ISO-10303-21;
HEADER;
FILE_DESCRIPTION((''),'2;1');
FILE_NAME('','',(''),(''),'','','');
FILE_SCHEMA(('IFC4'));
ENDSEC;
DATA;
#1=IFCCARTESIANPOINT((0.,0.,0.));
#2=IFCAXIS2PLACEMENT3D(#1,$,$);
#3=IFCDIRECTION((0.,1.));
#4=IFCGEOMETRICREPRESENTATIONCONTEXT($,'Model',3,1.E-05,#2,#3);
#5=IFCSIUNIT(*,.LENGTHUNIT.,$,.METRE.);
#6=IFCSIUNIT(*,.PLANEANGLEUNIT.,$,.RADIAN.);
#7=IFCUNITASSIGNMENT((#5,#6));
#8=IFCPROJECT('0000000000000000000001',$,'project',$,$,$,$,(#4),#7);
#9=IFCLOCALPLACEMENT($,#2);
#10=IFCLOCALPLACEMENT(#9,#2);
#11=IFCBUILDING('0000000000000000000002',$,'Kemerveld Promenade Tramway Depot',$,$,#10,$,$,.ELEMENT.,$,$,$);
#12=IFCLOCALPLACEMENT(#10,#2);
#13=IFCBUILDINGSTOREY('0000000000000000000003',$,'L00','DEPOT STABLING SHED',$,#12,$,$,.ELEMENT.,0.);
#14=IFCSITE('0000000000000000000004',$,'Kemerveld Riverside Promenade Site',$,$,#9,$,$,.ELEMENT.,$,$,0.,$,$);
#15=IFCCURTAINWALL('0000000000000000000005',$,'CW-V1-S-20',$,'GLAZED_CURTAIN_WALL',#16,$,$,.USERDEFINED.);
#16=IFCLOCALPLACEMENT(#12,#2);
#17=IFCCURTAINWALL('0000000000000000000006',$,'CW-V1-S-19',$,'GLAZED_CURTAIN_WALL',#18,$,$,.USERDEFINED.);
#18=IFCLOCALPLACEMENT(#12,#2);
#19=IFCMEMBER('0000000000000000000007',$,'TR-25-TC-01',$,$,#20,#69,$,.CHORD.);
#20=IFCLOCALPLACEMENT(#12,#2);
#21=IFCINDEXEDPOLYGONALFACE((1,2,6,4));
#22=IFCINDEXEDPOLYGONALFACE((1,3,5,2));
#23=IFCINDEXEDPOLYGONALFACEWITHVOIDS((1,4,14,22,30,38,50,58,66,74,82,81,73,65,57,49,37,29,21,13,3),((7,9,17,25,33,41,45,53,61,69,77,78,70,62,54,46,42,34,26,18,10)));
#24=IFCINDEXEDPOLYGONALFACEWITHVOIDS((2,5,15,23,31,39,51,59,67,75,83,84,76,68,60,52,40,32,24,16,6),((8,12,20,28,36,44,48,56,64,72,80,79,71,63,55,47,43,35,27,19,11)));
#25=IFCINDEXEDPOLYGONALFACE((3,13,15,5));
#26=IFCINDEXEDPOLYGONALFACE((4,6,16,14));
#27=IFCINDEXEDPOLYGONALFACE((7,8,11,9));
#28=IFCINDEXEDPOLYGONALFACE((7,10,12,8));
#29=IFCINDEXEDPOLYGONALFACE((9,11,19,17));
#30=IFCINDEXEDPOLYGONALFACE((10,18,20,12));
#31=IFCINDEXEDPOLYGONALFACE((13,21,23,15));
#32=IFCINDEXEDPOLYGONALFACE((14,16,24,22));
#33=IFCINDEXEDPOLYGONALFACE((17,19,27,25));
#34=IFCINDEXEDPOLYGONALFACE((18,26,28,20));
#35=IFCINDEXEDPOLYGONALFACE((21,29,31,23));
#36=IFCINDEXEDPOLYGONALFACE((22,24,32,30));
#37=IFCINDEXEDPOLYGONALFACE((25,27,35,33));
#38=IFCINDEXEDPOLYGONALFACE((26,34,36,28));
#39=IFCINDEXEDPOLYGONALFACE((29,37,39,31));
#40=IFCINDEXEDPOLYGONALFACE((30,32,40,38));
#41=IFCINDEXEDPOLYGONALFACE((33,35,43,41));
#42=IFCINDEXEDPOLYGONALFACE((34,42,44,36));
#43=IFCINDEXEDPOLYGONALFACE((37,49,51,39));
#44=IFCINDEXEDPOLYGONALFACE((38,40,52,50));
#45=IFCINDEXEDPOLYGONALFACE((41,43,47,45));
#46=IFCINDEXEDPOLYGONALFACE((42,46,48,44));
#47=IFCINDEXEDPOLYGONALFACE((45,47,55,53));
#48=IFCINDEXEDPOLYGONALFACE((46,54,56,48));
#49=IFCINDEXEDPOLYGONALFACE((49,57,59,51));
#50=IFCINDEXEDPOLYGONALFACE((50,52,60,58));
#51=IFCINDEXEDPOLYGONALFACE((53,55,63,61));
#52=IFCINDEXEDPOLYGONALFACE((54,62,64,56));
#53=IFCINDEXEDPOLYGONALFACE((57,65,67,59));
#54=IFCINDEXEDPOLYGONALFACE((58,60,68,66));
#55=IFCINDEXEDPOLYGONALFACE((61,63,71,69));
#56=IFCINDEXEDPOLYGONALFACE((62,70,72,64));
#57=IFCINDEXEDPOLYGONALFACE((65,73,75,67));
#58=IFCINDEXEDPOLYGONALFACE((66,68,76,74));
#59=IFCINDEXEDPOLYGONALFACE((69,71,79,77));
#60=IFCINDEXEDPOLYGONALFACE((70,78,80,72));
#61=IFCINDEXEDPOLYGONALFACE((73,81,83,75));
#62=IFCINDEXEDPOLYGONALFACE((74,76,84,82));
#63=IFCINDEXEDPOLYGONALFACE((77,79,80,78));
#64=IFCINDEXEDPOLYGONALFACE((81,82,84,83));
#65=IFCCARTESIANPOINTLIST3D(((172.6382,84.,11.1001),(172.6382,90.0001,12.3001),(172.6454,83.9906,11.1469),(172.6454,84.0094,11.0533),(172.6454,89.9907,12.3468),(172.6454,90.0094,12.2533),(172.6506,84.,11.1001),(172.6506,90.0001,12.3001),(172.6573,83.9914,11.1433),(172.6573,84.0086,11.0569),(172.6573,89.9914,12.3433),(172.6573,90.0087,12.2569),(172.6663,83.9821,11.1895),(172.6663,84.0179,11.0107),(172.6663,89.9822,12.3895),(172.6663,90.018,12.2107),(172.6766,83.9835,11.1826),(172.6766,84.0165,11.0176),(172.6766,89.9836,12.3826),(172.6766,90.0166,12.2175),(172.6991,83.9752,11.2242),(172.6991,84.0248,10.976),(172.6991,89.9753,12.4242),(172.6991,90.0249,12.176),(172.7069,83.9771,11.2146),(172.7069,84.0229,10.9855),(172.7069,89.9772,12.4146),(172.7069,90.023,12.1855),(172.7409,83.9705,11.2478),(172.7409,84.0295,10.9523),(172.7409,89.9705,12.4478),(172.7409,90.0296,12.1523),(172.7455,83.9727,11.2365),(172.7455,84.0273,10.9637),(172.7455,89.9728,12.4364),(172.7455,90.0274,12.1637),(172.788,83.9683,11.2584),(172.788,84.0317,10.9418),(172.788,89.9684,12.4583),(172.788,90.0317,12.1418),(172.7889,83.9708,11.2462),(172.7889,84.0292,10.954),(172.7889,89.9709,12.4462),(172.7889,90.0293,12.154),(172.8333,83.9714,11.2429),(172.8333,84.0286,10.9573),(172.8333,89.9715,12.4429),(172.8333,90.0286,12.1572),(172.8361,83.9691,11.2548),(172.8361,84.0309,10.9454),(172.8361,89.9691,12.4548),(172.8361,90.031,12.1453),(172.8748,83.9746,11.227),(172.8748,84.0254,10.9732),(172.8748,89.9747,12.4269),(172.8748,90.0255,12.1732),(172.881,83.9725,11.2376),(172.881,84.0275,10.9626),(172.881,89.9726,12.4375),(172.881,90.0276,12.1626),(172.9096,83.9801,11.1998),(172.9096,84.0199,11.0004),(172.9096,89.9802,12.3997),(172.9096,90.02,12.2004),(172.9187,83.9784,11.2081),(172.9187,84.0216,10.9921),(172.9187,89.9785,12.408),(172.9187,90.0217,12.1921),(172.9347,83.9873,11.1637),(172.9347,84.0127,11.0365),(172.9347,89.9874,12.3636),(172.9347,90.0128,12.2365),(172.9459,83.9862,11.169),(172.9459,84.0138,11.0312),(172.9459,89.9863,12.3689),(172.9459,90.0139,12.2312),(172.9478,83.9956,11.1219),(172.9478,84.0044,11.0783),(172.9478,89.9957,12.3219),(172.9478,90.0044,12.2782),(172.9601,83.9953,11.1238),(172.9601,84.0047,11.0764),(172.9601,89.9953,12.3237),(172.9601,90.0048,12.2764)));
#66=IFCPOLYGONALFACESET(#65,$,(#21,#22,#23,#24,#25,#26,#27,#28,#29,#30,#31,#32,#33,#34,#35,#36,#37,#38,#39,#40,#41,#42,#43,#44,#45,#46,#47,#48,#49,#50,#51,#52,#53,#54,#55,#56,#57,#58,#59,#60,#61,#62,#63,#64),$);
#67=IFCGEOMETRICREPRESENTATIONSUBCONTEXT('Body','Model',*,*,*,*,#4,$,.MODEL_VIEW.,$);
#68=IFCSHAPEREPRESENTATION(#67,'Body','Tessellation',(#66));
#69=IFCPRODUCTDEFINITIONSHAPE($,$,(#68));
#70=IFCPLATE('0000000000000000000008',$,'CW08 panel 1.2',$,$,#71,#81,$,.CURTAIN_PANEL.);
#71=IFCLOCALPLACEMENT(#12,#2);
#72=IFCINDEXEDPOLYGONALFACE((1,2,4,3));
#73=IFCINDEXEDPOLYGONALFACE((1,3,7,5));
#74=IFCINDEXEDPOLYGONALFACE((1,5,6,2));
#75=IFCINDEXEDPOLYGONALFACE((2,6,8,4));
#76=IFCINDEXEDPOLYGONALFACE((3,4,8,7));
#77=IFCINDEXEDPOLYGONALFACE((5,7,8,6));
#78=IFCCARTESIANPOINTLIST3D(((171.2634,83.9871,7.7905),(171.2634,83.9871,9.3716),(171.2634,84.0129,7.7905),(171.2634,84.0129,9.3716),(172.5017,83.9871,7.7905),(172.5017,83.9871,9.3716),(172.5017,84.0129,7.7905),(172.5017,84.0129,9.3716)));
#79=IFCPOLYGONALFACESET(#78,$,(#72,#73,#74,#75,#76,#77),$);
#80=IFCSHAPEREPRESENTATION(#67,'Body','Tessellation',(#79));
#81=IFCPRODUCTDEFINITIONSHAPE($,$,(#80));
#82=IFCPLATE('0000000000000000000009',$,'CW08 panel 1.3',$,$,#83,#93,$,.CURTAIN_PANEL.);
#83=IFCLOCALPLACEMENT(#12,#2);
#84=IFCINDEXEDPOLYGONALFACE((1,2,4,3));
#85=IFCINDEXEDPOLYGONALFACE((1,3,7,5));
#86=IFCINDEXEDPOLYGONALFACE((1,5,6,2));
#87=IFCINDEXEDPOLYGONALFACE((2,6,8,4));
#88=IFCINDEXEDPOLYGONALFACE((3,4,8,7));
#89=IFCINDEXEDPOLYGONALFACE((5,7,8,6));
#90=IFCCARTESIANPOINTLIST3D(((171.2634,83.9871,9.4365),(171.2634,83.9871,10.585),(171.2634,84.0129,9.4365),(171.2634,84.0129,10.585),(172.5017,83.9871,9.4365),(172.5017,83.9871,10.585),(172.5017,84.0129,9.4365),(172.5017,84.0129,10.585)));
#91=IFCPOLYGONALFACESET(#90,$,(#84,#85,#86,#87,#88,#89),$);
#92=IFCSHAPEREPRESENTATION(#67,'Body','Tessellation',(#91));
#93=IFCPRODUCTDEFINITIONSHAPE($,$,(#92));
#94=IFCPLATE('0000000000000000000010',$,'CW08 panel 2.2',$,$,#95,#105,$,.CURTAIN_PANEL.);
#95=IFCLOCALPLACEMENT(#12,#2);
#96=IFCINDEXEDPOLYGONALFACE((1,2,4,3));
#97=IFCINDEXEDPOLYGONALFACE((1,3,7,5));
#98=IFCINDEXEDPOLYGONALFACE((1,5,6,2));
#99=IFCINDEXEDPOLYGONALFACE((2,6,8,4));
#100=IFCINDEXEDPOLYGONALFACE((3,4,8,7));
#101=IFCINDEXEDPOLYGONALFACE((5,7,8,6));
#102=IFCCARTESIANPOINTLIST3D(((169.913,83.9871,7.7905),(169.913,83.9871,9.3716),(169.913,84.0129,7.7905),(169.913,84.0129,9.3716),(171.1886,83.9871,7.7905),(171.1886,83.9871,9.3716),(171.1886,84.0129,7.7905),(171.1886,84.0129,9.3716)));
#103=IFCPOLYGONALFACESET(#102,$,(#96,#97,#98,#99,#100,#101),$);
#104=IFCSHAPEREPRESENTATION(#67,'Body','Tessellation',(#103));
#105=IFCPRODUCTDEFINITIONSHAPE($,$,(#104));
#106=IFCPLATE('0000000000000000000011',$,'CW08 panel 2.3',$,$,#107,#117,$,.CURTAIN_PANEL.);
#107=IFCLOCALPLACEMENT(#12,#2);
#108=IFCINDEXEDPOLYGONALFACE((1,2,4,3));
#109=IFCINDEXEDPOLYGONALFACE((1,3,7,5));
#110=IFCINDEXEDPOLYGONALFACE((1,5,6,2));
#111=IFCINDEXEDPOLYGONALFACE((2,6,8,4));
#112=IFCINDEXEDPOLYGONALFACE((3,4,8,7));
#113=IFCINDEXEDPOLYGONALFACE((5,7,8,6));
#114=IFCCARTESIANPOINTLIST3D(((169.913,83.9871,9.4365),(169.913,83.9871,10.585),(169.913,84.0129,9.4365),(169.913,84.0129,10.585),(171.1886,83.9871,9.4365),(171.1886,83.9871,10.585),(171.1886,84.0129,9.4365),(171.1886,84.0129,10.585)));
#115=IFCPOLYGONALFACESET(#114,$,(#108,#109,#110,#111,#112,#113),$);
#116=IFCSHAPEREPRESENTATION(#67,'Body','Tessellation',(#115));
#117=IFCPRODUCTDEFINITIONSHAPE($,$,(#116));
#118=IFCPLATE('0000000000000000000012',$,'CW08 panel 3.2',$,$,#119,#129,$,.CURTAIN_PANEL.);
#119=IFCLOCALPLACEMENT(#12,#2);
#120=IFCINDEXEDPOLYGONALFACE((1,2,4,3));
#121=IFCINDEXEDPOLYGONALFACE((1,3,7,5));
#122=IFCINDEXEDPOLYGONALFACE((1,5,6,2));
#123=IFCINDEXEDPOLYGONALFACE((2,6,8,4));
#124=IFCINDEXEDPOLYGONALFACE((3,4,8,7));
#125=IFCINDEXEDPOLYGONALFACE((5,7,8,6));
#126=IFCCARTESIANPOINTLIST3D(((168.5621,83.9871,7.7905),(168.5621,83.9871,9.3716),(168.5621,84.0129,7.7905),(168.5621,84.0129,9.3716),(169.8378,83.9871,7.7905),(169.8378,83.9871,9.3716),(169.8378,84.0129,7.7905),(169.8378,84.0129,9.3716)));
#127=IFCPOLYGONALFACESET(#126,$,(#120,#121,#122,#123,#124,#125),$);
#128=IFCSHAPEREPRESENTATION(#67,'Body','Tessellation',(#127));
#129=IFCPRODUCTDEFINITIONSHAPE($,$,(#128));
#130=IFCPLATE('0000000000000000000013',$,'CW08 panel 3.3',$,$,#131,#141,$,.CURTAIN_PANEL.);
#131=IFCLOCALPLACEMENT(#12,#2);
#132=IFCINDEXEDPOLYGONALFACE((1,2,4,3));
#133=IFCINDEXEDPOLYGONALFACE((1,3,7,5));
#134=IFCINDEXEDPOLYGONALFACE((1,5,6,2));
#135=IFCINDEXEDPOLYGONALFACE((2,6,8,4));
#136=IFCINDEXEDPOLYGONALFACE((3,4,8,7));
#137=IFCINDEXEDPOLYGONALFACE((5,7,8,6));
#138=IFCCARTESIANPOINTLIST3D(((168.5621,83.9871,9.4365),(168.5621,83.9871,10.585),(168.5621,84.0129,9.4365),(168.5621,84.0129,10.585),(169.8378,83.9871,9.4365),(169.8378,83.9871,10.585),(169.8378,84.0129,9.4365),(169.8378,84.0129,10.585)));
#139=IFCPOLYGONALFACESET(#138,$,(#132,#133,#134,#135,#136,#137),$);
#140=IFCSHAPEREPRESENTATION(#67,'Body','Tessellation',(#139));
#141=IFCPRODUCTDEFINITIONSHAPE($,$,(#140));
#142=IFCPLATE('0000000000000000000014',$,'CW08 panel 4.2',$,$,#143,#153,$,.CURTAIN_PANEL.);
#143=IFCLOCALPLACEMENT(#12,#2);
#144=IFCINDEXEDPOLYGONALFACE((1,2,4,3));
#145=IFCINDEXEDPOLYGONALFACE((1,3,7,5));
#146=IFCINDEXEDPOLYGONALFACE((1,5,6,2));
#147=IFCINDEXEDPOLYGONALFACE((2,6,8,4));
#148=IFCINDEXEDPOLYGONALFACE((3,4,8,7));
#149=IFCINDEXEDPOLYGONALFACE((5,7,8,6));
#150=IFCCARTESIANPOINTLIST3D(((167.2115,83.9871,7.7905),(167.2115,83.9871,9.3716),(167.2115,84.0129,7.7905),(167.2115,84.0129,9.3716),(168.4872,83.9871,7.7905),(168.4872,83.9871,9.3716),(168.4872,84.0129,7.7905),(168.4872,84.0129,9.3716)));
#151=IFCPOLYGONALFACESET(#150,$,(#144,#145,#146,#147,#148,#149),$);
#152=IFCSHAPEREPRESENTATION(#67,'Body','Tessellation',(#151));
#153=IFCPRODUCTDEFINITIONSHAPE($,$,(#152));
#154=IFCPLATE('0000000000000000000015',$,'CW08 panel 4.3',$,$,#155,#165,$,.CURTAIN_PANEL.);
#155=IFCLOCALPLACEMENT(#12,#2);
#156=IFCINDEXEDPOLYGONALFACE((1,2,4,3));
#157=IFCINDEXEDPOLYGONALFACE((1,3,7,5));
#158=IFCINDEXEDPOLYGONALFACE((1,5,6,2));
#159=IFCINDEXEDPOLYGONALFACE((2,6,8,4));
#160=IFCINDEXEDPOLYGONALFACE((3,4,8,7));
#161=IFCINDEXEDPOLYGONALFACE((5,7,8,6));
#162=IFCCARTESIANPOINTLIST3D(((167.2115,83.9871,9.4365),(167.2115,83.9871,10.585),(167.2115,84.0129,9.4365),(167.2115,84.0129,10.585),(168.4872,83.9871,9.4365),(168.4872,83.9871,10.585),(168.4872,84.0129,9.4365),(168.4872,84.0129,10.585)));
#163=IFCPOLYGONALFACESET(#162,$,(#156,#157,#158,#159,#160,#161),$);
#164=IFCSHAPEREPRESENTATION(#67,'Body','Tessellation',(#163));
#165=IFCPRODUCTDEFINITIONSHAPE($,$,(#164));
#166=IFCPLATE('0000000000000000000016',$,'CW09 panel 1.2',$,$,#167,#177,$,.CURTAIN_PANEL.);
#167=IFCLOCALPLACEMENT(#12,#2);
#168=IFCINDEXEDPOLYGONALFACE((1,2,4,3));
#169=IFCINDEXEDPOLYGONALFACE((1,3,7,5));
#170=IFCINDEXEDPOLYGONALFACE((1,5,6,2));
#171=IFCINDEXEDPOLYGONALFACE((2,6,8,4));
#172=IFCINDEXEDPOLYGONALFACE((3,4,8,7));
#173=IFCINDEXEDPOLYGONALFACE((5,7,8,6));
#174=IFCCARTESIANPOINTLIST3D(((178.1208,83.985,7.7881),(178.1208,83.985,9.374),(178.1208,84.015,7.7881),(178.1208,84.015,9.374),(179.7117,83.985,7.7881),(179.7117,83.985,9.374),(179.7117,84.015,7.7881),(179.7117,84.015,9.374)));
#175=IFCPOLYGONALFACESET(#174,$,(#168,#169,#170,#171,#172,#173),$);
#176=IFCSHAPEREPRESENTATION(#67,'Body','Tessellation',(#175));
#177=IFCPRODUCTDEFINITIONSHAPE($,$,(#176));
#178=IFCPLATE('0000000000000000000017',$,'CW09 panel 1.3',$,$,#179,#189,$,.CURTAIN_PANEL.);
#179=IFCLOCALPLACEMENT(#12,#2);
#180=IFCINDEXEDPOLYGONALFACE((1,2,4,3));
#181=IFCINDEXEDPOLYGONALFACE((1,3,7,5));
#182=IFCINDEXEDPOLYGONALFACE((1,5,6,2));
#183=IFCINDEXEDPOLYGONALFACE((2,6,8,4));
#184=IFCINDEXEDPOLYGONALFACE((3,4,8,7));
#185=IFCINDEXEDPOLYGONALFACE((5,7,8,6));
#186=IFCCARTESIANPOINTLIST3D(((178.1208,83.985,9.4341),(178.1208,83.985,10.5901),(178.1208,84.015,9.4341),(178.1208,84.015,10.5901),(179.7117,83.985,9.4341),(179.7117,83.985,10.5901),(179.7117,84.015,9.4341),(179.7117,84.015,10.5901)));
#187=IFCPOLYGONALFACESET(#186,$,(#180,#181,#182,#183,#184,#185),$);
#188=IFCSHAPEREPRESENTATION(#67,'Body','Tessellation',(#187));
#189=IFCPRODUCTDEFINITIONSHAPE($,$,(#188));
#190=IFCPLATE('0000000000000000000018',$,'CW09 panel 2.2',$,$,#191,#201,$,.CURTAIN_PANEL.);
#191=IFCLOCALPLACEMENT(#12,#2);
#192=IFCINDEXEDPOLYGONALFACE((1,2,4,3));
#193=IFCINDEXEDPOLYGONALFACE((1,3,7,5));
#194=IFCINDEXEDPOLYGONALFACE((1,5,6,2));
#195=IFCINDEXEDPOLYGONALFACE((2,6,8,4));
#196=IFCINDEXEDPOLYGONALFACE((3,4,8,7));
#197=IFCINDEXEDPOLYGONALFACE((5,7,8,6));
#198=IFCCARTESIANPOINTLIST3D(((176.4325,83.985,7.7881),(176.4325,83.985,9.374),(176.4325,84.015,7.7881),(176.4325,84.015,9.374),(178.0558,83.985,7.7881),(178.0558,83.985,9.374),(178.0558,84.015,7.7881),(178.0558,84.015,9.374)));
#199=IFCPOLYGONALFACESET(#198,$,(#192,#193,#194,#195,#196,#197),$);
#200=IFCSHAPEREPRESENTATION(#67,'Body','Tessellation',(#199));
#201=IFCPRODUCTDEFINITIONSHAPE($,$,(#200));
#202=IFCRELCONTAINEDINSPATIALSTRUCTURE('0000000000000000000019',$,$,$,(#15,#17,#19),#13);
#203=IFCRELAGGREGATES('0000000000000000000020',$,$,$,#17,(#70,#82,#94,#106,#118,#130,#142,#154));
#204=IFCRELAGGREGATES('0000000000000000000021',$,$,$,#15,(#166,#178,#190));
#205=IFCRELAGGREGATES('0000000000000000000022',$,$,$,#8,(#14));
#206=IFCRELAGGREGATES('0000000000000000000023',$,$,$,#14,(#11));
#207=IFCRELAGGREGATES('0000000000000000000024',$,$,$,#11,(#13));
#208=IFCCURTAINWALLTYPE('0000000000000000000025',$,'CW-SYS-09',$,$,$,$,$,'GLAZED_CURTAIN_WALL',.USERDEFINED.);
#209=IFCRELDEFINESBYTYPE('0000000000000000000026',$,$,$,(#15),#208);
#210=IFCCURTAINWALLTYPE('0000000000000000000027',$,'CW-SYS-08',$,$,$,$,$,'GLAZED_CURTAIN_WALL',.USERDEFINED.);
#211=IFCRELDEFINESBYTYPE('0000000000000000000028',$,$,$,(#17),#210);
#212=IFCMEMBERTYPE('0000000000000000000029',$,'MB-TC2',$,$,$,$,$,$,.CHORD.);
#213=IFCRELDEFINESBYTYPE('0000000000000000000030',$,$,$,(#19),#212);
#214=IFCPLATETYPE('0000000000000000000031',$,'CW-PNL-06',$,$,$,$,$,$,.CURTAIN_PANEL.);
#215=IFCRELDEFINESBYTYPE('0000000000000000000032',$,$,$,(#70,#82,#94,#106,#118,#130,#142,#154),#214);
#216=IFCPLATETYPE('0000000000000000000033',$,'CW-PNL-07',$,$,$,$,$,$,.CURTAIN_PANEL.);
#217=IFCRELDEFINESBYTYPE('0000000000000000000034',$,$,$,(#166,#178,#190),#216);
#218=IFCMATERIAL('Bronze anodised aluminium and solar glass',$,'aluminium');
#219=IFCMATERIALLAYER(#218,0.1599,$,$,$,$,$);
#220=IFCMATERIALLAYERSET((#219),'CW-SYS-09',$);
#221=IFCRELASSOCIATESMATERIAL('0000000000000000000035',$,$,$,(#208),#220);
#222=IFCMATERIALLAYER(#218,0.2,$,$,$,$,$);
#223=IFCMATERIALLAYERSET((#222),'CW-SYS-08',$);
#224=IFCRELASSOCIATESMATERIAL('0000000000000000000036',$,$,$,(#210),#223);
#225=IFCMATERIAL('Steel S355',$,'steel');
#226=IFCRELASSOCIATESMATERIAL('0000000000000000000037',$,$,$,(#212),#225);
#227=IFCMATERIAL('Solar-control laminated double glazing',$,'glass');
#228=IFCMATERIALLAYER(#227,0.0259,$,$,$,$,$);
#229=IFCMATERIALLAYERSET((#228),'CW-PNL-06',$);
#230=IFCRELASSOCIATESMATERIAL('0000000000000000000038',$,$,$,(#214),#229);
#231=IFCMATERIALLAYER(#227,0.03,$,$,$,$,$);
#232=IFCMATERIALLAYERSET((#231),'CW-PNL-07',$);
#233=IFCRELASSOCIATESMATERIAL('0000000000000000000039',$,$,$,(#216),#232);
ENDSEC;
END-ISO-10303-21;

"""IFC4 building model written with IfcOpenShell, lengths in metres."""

from ifc_helpers import new_model, si_unit, direction, frame, origin, origin_2d, place, context, subcontext, project, spatial, rectangle, hollow_circle, extrude, material, layer, layer_set, material_profile, profile_set, type_object, element, aggregate, save


model = new_model("IFC4")

# Units and contexts
model_context = context("Model", 3, precision=1e-05, world=origin(), true_north=direction((0.0, 1.0)))
body_context = subcontext(model_context, "Body", "Model", "MODEL_VIEW")
ifc_project = project(units=[si_unit("LENGTHUNIT", "METRE"), si_unit("PLANEANGLEUNIT", "RADIAN")], contexts=[model_context])

# Site, building, storey
site_placement = place(None, origin())
site = spatial("IfcSite", under=ifc_project, at=site_placement, Name="Kemerveld Riverside Promenade Site", CompositionType="ELEMENT", RefElevation=0.0)
building_placement = place(site_placement, origin())
building = spatial("IfcBuilding", under=site, at=building_placement, Name="Kemerveld Promenade Tramway Depot", CompositionType="ELEMENT")
storey_placement = place(building_placement, origin())
storey = spatial("IfcBuildingStorey", under=building, at=storey_placement, Name="L00", Description="DEPOT STABLING SHED", CompositionType="ELEMENT", Elevation=0.0)

# Shared definitions
ifc_material_1 = material(Name="Steel S355", Category="steel")

# Curtain walls
ifc_material_2 = material(Name="Bronze anodised aluminium and solar glass", Category="aluminium")
ifc_layer_1 = layer(ifc_material_2, 0.1599)
ifc_layer_set_1 = layer_set([ifc_layer_1], Name="CW-SYS-09")
curtain_wall_type_1 = type_object("IfcCurtainWallType", Name="CW-SYS-09", ElementType="GLAZED_CURTAIN_WALL", PredefinedType="USERDEFINED", material=ifc_layer_set_1)
curtain_wall_1_placement = place(storey_placement, origin())
curtain_wall_1 = element("IfcCurtainWall", 1, at=curtain_wall_1_placement, inside=storey, type_object=curtain_wall_type_1, Name="CW-V1-S-20", ObjectType="GLAZED_CURTAIN_WALL", PredefinedType="USERDEFINED")
ifc_layer_2 = layer(ifc_material_2, 0.2)
ifc_layer_set_2 = layer_set([ifc_layer_2], Name="CW-SYS-08")
curtain_wall_type_2 = type_object("IfcCurtainWallType", Name="CW-SYS-08", ElementType="GLAZED_CURTAIN_WALL", PredefinedType="USERDEFINED", material=ifc_layer_set_2)
curtain_wall_2_placement = place(storey_placement, origin())
curtain_wall_2 = element("IfcCurtainWall", 2, at=curtain_wall_2_placement, inside=storey, type_object=curtain_wall_type_2, Name="CW-V1-S-19", ObjectType="GLAZED_CURTAIN_WALL", PredefinedType="USERDEFINED")

# Member
ifc_material_profile_1 = material_profile(ifc_material_1, hollow_circle(Radius=0.1619, WallThickness=0.0125, at=origin_2d()), Name="323.9x12.5 CHS")
ifc_profile_set_1 = profile_set([ifc_material_profile_1], Name="Steel S355")
member_type_1 = type_object("IfcMemberType", Name="MB-TC2", PredefinedType="CHORD", material=ifc_profile_set_1)
member_1_placement = place(storey_placement, frame((172.8, 84.0, 11.1001), z_axis=(0.0, 0.980582, 0.196108), x_axis=(-1.0, 0.0, 0.0)))
element("IfcMember", 3, at=member_1_placement, inside=storey, type_object=member_type_1, Name="TR-25-TC-01", PredefinedType="CHORD", context=body_context, shape_type="SweptSolid", body=[
    extrude(hollow_circle(Radius=0.1619, WallThickness=0.0125, at=origin_2d()), origin(), (0.0, 0.0, 1.0), 6.1189),
])

# Plates
ifc_material_3 = material(Name="Solar-control laminated double glazing", Category="glass")
ifc_layer_3 = layer(ifc_material_3, 0.0259)
ifc_layer_set_3 = layer_set([ifc_layer_3], Name="CW-PNL-06")
plate_type_1 = type_object("IfcPlateType", Name="CW-PNL-06", PredefinedType="CURTAIN_PANEL", material=ifc_layer_set_3)
plate_1_placement = place(storey_placement, frame((171.8826, 84.0, 7.7905), z_axis=(0.0, 0.0, 1.0), x_axis=(-1.0, 0.0, 0.0)))
plate_1 = element("IfcPlate", 4, at=plate_1_placement, type_object=plate_type_1, Name="CW08 panel 1.2", PredefinedType="CURTAIN_PANEL", context=body_context, shape_type="SweptSolid", body=[
    extrude(rectangle(XDim=1.2383, YDim=0.0259, at=origin_2d()), origin(), (0.0, 0.0, 1.0), 1.5811),
])
plate_2_placement = place(storey_placement, frame((171.8826, 84.0, 9.4365), z_axis=(0.0, 0.0, 1.0), x_axis=(-1.0, 0.0, 0.0)))
plate_2 = element("IfcPlate", 5, at=plate_2_placement, type_object=plate_type_1, Name="CW08 panel 1.3", PredefinedType="CURTAIN_PANEL", context=body_context, shape_type="SweptSolid", body=[
    extrude(rectangle(XDim=1.2383, YDim=0.0259, at=origin_2d()), origin(), (0.0, 0.0, 1.0), 1.1484),
])
plate_3_placement = place(storey_placement, frame((170.5508, 84.0, 7.7905), z_axis=(0.0, 0.0, 1.0), x_axis=(-1.0, 0.0, 0.0)))
plate_3 = element("IfcPlate", 6, at=plate_3_placement, type_object=plate_type_1, Name="CW08 panel 2.2", PredefinedType="CURTAIN_PANEL", context=body_context, shape_type="SweptSolid", body=[
    extrude(rectangle(XDim=1.2756, YDim=0.0259, at=origin_2d()), origin(), (0.0, 0.0, 1.0), 1.5811),
])
plate_4_placement = place(storey_placement, frame((170.5508, 84.0, 9.4365), z_axis=(0.0, 0.0, 1.0), x_axis=(-1.0, 0.0, 0.0)))
plate_4 = element("IfcPlate", 7, at=plate_4_placement, type_object=plate_type_1, Name="CW08 panel 2.3", PredefinedType="CURTAIN_PANEL", context=body_context, shape_type="SweptSolid", body=[
    extrude(rectangle(XDim=1.2756, YDim=0.0259, at=origin_2d()), origin(), (0.0, 0.0, 1.0), 1.1484),
])
plate_5_placement = place(storey_placement, frame((169.2, 84.0, 7.7905), z_axis=(0.0, 0.0, 1.0), x_axis=(-1.0, 0.0, 0.0)))
plate_5 = element("IfcPlate", 8, at=plate_5_placement, type_object=plate_type_1, Name="CW08 panel 3.2", PredefinedType="CURTAIN_PANEL", context=body_context, shape_type="SweptSolid", body=[
    extrude(rectangle(XDim=1.2756, YDim=0.0259, at=origin_2d()), origin(), (0.0, 0.0, 1.0), 1.5811),
])
plate_6_placement = place(storey_placement, frame((169.2, 84.0, 9.4365), z_axis=(0.0, 0.0, 1.0), x_axis=(-1.0, 0.0, 0.0)))
plate_6 = element("IfcPlate", 9, at=plate_6_placement, type_object=plate_type_1, Name="CW08 panel 3.3", PredefinedType="CURTAIN_PANEL", context=body_context, shape_type="SweptSolid", body=[
    extrude(rectangle(XDim=1.2756, YDim=0.0259, at=origin_2d()), origin(), (0.0, 0.0, 1.0), 1.1484),
])
plate_7_placement = place(storey_placement, frame((167.8494, 84.0, 7.7905), z_axis=(0.0, 0.0, 1.0), x_axis=(-1.0, 0.0, 0.0)))
plate_7 = element("IfcPlate", 10, at=plate_7_placement, type_object=plate_type_1, Name="CW08 panel 4.2", PredefinedType="CURTAIN_PANEL", context=body_context, shape_type="SweptSolid", body=[
    extrude(rectangle(XDim=1.2756, YDim=0.0259, at=origin_2d()), origin(), (0.0, 0.0, 1.0), 1.5811),
])
plate_8_placement = place(storey_placement, frame((167.8494, 84.0, 9.4365), z_axis=(0.0, 0.0, 1.0), x_axis=(-1.0, 0.0, 0.0)))
plate_8 = element("IfcPlate", 11, at=plate_8_placement, type_object=plate_type_1, Name="CW08 panel 4.3", PredefinedType="CURTAIN_PANEL", context=body_context, shape_type="SweptSolid", body=[
    extrude(rectangle(XDim=1.2756, YDim=0.0259, at=origin_2d()), origin(), (0.0, 0.0, 1.0), 1.1484),
])
aggregate(curtain_wall_2, [plate_1, plate_2, plate_3, plate_4, plate_5, plate_6, plate_7, plate_8])
ifc_layer_4 = layer(ifc_material_3, 0.03)
ifc_layer_set_4 = layer_set([ifc_layer_4], Name="CW-PNL-07")
plate_type_2 = type_object("IfcPlateType", Name="CW-PNL-07", PredefinedType="CURTAIN_PANEL", material=ifc_layer_set_4)
plate_9_placement = place(storey_placement, frame((178.9163, 84.0, 7.7881), z_axis=(0.0, 0.0, 1.0), x_axis=(-1.0, 0.0, 0.0)))
plate_9 = element("IfcPlate", 12, at=plate_9_placement, type_object=plate_type_2, Name="CW09 panel 1.2", PredefinedType="CURTAIN_PANEL", context=body_context, shape_type="SweptSolid", body=[
    extrude(rectangle(XDim=1.5908, YDim=0.03, at=origin_2d()), origin(), (0.0, 0.0, 1.0), 1.5859),
])
plate_10_placement = place(storey_placement, frame((178.9163, 84.0, 9.4341), z_axis=(0.0, 0.0, 1.0), x_axis=(-1.0, 0.0, 0.0)))
plate_10 = element("IfcPlate", 13, at=plate_10_placement, type_object=plate_type_2, Name="CW09 panel 1.3", PredefinedType="CURTAIN_PANEL", context=body_context, shape_type="SweptSolid", body=[
    extrude(rectangle(XDim=1.5908, YDim=0.03, at=origin_2d()), origin(), (0.0, 0.0, 1.0), 1.156),
])
plate_11_placement = place(storey_placement, frame((177.2441, 84.0, 7.7881), z_axis=(0.0, 0.0, 1.0), x_axis=(-1.0, 0.0, 0.0)))
plate_11 = element("IfcPlate", 14, at=plate_11_placement, type_object=plate_type_2, Name="CW09 panel 2.2", PredefinedType="CURTAIN_PANEL", context=body_context, shape_type="SweptSolid", body=[
    extrude(rectangle(XDim=1.6233, YDim=0.03, at=origin_2d()), origin(), (0.0, 0.0, 1.0), 1.5859),
])
aggregate(curtain_wall_1, [plate_9, plate_10, plate_11])

save(model, "model.ifc")
